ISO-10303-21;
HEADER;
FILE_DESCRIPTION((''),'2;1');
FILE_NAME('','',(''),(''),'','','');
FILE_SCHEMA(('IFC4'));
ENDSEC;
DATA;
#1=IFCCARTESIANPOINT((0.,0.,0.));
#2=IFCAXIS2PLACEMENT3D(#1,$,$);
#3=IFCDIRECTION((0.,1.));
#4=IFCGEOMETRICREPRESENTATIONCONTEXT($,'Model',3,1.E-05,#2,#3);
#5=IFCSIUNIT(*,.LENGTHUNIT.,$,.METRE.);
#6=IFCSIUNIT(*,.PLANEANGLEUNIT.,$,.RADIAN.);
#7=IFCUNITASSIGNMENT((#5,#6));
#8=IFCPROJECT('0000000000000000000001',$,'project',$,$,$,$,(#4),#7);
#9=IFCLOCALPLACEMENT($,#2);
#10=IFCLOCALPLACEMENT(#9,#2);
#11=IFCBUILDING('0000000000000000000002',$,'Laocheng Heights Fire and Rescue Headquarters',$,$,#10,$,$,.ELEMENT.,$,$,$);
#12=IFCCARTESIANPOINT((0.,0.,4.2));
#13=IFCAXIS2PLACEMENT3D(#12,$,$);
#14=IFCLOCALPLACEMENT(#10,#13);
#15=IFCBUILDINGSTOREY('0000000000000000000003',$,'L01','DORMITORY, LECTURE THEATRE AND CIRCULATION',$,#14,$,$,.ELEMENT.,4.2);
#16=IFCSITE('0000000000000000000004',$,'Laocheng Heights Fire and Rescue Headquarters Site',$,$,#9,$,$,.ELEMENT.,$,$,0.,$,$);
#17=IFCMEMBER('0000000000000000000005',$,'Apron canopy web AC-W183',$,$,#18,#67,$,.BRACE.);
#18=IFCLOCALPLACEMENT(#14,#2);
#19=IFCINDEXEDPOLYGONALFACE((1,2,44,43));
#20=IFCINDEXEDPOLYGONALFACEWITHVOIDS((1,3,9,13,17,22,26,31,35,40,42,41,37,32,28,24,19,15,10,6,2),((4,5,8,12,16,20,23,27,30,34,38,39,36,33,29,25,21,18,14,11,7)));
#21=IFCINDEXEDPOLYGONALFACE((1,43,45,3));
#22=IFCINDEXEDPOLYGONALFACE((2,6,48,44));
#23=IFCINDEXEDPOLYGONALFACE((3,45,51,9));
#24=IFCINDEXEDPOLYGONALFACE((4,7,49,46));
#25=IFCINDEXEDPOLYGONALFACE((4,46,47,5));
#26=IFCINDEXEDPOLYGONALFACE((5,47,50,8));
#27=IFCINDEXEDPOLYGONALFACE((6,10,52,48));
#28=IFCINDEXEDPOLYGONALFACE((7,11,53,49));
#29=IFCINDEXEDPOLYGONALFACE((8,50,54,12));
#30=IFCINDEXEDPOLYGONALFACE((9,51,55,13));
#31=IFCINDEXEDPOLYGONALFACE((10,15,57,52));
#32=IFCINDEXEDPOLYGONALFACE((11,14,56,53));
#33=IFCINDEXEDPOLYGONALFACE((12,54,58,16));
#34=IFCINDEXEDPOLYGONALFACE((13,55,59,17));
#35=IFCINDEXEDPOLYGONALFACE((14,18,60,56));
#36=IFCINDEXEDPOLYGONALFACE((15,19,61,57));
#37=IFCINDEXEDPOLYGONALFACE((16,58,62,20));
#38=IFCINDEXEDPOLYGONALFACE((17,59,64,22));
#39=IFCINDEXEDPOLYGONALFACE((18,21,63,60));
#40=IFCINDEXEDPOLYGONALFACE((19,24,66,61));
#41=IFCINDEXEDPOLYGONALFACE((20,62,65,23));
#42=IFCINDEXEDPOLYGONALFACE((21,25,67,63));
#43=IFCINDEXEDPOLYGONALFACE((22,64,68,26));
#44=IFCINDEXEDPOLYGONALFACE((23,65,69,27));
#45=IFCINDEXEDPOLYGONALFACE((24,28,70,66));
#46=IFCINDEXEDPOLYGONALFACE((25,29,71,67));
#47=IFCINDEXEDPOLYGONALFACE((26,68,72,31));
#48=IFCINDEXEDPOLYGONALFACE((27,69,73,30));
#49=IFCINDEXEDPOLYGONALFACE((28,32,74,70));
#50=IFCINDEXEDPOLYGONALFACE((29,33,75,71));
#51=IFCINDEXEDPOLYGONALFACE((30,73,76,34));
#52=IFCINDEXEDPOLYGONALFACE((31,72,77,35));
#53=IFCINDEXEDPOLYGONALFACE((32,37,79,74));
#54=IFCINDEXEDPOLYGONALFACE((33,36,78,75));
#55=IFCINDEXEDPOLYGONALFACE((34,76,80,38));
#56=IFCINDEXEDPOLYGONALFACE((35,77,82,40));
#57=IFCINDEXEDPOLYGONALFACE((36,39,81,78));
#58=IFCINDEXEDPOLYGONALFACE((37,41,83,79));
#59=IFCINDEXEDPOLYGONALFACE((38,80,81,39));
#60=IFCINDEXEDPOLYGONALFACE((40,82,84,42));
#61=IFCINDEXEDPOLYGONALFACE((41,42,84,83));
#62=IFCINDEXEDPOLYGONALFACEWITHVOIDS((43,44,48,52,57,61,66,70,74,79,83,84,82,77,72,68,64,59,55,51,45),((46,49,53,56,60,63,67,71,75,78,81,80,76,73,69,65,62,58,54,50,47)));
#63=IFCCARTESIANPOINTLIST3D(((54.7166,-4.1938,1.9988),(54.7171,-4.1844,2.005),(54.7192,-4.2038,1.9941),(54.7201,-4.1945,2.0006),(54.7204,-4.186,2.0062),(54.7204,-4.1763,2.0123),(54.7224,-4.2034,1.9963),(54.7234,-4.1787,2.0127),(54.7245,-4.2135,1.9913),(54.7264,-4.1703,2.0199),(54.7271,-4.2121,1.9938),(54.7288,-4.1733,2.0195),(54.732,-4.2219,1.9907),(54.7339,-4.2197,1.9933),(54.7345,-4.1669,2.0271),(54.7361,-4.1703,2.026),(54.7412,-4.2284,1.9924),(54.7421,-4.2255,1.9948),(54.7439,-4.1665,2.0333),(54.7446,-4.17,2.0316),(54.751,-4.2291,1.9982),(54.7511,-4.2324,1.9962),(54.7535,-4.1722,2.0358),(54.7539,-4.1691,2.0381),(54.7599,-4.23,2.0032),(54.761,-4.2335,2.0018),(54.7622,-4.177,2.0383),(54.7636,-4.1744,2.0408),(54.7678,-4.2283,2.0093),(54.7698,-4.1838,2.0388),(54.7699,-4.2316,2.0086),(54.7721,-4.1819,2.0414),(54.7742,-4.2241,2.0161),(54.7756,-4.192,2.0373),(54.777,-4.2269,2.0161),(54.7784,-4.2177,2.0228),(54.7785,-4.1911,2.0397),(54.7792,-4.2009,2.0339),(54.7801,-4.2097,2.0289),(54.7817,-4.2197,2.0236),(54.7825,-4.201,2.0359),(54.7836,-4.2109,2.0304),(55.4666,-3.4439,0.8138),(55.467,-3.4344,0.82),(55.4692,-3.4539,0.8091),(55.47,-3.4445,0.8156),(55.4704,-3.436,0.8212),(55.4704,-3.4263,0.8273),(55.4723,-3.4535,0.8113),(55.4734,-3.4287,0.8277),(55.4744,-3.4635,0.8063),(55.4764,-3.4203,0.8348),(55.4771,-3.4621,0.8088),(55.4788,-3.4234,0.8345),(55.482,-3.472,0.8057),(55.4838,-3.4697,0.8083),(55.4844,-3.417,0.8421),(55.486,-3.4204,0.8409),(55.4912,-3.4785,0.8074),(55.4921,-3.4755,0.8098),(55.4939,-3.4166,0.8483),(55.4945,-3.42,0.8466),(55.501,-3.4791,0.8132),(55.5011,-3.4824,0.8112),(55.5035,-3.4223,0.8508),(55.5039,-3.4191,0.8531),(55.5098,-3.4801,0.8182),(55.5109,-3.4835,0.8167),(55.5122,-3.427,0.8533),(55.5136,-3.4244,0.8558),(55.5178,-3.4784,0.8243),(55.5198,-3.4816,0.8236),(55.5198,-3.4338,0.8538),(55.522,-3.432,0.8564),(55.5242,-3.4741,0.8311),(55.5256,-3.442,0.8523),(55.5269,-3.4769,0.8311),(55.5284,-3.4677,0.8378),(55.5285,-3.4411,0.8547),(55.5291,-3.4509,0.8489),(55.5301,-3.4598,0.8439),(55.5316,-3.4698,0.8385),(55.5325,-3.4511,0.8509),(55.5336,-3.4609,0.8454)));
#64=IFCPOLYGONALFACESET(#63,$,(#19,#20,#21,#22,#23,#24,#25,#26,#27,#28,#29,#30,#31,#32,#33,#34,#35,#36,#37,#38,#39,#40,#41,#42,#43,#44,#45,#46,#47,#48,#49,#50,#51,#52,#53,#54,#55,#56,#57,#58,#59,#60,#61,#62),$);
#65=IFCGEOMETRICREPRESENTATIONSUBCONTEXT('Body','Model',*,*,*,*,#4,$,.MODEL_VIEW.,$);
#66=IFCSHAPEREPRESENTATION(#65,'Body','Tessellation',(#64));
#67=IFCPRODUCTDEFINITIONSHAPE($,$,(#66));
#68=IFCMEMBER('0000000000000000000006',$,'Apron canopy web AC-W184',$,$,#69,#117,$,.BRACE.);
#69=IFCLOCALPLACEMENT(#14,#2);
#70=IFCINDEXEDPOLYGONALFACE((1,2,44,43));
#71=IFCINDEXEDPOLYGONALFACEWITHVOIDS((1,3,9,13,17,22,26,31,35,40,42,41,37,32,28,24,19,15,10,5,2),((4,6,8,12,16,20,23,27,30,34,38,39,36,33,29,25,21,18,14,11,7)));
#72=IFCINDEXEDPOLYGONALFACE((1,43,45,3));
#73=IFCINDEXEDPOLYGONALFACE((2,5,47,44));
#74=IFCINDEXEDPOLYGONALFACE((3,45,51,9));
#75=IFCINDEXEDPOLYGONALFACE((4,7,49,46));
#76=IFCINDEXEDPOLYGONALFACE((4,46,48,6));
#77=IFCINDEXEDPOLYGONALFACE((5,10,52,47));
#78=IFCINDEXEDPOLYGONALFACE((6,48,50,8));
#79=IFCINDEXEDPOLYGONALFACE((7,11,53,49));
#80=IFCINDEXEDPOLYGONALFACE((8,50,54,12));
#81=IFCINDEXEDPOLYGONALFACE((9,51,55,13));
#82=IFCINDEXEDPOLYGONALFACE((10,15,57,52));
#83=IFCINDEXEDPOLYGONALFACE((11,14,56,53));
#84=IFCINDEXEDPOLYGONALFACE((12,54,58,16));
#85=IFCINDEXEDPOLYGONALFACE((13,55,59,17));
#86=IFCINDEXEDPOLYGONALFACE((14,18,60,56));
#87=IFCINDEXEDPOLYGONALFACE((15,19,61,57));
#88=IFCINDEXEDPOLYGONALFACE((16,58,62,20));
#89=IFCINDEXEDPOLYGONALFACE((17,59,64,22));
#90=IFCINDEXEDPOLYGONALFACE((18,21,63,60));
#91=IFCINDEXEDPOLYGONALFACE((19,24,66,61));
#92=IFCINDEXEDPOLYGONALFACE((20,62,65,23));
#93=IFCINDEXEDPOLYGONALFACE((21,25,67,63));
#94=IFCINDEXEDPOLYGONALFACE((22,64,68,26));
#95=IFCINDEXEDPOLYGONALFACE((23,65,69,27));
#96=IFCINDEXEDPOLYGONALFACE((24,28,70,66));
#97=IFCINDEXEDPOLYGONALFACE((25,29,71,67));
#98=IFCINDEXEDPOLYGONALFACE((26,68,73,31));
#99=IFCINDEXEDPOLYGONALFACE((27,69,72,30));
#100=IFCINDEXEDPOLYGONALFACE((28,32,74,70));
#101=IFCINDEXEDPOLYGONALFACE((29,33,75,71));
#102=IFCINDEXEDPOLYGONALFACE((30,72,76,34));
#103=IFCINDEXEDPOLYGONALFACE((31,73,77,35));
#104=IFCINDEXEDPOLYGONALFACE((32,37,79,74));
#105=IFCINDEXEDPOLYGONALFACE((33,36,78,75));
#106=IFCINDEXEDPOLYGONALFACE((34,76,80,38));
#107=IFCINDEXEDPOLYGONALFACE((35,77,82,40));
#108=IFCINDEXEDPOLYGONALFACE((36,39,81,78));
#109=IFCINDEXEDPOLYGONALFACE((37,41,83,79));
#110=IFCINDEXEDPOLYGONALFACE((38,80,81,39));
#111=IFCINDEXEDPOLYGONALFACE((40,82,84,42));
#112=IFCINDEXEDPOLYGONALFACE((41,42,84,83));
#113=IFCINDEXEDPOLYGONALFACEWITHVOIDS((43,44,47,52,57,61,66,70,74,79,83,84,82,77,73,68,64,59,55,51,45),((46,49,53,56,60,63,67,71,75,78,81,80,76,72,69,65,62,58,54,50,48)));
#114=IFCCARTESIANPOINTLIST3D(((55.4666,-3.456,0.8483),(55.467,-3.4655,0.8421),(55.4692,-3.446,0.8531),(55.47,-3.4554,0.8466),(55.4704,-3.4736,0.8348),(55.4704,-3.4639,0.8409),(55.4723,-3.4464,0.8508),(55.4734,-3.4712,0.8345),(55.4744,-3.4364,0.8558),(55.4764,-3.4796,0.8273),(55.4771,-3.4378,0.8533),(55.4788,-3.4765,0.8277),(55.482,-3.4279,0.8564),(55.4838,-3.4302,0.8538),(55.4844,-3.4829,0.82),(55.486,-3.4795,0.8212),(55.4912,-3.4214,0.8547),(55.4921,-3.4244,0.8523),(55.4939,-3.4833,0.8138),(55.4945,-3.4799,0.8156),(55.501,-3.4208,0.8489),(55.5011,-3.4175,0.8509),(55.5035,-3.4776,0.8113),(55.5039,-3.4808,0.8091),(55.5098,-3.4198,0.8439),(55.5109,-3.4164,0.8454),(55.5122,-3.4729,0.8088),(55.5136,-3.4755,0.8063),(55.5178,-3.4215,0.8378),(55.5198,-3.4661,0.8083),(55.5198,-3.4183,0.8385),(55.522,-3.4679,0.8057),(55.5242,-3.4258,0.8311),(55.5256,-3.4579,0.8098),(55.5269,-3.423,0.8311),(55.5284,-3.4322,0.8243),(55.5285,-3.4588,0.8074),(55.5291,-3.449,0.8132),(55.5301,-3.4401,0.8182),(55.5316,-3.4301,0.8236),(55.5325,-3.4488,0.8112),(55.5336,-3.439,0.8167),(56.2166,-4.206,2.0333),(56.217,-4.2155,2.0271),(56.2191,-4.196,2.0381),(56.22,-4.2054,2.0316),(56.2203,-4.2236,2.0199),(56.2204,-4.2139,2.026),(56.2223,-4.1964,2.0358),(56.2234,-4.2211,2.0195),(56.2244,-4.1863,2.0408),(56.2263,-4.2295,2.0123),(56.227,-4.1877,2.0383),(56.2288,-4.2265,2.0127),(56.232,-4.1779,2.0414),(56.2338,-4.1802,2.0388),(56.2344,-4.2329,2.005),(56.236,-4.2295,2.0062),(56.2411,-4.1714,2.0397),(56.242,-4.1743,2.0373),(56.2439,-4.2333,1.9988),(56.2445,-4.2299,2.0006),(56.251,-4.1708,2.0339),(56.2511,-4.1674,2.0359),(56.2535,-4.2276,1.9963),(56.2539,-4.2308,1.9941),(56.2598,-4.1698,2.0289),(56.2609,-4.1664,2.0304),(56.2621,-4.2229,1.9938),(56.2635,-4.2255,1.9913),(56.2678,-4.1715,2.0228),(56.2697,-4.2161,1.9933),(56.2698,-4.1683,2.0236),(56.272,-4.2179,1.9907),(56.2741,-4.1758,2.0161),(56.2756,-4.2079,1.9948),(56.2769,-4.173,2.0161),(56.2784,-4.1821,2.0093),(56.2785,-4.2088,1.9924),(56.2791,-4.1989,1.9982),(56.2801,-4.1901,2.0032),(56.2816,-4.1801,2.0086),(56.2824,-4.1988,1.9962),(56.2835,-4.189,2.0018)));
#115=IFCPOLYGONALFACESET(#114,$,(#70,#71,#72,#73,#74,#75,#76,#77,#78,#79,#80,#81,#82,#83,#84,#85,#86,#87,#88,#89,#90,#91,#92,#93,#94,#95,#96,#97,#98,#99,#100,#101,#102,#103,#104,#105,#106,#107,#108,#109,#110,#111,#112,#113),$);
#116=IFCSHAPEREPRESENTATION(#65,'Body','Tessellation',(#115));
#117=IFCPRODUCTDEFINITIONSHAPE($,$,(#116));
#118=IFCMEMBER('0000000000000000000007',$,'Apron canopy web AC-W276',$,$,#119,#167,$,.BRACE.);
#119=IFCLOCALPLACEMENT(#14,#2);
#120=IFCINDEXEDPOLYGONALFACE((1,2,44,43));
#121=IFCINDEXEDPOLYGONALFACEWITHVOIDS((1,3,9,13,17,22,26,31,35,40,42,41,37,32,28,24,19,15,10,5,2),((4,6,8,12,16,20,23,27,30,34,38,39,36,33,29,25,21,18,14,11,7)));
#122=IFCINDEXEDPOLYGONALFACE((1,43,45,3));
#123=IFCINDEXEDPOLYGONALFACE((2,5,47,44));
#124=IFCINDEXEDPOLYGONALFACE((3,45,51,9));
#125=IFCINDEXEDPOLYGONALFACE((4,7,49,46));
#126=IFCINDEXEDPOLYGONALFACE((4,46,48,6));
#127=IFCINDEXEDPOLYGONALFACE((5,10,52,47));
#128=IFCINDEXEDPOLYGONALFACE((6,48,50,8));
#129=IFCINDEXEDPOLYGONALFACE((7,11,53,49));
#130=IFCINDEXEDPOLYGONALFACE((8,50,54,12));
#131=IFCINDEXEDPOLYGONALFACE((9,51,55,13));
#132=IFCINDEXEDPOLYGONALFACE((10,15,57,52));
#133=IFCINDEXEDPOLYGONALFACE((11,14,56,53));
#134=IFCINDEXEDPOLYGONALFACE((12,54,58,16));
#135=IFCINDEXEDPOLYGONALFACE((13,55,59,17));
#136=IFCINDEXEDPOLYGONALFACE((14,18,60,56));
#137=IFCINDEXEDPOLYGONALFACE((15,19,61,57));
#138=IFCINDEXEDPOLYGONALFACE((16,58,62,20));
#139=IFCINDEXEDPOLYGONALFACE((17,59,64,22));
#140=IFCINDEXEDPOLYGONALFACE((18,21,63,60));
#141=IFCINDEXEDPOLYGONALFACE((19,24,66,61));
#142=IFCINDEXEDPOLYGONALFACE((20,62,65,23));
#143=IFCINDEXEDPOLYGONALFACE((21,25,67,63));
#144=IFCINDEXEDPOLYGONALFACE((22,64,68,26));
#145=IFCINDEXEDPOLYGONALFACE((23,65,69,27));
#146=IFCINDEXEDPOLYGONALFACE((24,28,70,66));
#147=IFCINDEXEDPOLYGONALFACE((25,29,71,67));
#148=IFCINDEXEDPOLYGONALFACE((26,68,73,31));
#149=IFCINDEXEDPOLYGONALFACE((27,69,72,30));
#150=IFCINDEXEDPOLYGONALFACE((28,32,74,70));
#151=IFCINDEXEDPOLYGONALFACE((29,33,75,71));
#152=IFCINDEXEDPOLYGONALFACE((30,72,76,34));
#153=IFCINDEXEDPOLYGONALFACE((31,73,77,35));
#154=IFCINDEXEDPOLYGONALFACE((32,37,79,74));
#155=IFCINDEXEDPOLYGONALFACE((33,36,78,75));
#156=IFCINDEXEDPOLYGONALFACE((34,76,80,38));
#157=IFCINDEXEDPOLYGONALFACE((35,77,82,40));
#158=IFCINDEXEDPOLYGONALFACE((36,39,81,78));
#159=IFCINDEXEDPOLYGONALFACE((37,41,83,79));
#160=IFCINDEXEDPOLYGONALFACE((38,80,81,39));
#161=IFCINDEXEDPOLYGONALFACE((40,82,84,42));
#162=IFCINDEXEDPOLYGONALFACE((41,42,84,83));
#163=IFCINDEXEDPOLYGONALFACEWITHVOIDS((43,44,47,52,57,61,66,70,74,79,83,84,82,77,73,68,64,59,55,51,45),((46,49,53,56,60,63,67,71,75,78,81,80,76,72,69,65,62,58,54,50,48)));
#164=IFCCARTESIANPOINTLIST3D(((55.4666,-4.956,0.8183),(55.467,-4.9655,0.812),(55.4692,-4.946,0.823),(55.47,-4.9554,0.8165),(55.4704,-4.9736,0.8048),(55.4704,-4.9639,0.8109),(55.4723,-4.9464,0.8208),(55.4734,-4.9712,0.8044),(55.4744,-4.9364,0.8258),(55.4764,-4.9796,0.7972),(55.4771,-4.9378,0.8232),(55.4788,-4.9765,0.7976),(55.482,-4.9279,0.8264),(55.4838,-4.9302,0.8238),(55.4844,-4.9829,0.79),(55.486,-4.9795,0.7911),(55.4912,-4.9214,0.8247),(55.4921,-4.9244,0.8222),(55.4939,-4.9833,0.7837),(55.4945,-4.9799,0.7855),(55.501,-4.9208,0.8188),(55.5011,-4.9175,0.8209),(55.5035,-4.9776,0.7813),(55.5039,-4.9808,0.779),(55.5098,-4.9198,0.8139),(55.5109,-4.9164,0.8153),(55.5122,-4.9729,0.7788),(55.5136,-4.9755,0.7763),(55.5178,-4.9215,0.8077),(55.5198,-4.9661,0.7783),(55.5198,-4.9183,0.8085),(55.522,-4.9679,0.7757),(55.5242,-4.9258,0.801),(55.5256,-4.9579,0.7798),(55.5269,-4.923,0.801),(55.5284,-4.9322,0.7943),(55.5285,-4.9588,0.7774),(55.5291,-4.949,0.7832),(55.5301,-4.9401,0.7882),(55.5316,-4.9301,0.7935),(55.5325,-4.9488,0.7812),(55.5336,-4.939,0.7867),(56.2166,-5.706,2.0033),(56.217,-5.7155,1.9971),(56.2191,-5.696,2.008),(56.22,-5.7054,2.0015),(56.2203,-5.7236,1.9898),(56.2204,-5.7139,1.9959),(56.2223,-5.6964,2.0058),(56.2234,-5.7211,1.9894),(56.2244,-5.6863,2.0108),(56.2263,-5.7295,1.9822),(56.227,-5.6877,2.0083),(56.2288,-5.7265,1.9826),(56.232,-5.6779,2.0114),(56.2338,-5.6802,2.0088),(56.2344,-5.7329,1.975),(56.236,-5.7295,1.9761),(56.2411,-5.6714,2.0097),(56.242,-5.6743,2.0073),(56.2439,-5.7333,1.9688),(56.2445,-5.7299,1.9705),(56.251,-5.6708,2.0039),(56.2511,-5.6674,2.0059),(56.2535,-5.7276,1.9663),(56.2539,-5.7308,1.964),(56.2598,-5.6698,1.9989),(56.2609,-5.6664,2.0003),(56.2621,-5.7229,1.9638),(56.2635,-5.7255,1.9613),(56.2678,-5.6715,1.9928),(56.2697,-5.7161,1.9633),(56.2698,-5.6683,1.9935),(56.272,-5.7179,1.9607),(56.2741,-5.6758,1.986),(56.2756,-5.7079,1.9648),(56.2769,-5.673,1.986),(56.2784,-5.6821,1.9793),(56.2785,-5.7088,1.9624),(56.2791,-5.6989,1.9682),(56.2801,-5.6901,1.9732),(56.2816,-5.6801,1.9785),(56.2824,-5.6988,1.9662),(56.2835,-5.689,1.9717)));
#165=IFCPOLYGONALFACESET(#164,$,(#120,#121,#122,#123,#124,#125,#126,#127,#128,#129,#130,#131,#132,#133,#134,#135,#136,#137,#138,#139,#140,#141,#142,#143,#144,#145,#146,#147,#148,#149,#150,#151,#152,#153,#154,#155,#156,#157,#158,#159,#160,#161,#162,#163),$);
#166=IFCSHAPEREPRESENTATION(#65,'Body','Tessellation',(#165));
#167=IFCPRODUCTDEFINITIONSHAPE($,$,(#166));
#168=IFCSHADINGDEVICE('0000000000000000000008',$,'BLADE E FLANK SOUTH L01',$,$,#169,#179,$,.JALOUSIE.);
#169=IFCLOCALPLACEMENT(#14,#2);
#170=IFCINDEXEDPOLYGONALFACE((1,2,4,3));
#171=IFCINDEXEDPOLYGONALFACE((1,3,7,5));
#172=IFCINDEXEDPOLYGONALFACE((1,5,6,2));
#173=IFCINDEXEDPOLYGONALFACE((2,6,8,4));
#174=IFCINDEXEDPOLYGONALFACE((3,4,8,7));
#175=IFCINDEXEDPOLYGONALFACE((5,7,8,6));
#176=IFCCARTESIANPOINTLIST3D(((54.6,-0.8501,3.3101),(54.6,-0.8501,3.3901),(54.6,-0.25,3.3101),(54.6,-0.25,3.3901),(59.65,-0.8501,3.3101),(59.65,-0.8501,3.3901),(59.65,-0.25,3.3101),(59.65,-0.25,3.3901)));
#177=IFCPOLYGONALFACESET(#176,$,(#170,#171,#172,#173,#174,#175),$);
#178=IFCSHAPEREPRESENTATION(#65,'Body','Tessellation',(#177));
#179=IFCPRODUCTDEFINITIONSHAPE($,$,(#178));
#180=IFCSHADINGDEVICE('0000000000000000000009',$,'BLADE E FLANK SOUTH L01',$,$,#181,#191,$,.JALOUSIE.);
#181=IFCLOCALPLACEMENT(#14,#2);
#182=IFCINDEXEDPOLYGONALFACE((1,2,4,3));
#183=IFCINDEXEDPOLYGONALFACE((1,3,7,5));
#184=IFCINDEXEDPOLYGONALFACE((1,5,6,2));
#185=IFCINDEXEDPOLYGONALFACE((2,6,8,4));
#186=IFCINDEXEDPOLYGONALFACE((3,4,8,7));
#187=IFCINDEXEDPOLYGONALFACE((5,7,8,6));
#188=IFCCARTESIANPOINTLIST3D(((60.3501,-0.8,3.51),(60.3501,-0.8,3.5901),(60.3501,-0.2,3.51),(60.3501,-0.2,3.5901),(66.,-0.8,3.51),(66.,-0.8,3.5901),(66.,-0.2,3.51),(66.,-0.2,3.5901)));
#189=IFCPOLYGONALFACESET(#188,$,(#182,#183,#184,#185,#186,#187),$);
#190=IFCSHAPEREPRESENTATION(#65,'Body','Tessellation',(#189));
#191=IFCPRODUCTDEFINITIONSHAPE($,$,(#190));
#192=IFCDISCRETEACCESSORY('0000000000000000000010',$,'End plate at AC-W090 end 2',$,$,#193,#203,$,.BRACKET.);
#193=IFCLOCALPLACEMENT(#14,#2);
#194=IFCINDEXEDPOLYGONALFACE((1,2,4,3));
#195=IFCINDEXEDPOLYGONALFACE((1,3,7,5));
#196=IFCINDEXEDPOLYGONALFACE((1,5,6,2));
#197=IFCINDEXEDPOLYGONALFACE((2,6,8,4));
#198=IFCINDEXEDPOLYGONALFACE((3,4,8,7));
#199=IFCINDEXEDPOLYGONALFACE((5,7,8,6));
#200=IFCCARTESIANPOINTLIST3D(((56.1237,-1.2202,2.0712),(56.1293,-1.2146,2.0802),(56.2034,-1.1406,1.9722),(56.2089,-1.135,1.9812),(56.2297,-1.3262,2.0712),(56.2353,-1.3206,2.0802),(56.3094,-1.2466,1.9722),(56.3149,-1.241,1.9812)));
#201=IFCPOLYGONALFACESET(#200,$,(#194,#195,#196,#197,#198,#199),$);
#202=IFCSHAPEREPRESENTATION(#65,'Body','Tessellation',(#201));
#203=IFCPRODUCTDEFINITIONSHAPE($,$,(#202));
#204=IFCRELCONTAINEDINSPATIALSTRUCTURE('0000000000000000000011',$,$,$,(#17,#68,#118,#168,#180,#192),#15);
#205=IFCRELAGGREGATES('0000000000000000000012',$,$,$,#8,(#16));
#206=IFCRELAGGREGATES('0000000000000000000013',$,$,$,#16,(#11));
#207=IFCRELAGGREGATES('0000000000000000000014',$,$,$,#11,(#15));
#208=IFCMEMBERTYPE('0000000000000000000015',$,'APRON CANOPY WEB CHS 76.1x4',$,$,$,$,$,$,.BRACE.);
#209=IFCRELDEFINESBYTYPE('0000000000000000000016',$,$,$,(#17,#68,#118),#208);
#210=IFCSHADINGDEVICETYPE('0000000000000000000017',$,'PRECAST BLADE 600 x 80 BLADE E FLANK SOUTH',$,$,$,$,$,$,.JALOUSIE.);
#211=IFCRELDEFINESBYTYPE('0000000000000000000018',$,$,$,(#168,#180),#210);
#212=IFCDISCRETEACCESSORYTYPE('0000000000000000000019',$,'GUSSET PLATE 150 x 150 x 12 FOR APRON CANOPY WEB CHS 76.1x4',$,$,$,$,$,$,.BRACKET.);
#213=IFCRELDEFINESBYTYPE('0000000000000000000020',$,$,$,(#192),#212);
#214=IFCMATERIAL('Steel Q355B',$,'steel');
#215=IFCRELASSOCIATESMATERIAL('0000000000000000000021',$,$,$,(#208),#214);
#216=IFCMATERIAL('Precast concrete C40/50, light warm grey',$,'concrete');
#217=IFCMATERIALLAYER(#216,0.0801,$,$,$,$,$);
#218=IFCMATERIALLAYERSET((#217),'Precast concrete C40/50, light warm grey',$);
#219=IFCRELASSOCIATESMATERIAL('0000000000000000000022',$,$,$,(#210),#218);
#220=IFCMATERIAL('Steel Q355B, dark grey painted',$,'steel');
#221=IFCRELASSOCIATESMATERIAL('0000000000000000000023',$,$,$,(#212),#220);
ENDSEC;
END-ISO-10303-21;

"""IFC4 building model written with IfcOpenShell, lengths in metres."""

from ifc_helpers import new_model, si_unit, direction, frame, origin, origin_2d, place, context, subcontext, project, spatial, rectangle, hollow_circle, extrude, material, layer, layer_set, material_profile, profile_set, type_object, element, save


model = new_model("IFC4")

# Units and contexts
model_context = context("Model", 3, precision=1e-05, world=origin(), true_north=direction((0.0, 1.0)))
body_context = subcontext(model_context, "Body", "Model", "MODEL_VIEW")
ifc_project = project(units=[si_unit("LENGTHUNIT", "METRE"), si_unit("PLANEANGLEUNIT", "RADIAN")], contexts=[model_context])

# Site, building, storey
site_placement = place(None, origin())
site = spatial("IfcSite", under=ifc_project, at=site_placement, Name="Laocheng Heights Fire and Rescue Headquarters Site", CompositionType="ELEMENT", RefElevation=0.0)
building_placement = place(site_placement, origin())
building = spatial("IfcBuilding", under=site, at=building_placement, Name="Laocheng Heights Fire and Rescue Headquarters", CompositionType="ELEMENT")
storey_placement = place(building_placement, frame((0.0, 0.0, 4.2)))
storey = spatial("IfcBuildingStorey", under=building, at=storey_placement, Name="L01", Description="DORMITORY, LECTURE THEATRE AND CIRCULATION", CompositionType="ELEMENT", Elevation=4.2)

# Members
ifc_material_1 = material(Name="Steel Q355B", Category="steel")
ifc_material_profile_1 = material_profile(ifc_material_1, hollow_circle(Radius=0.0381, WallThickness=0.0039, at=origin_2d()), Name="CHS 76.1x4")
ifc_profile_set_1 = profile_set([ifc_material_profile_1], Name="Steel Q355B")
member_type_1 = type_object("IfcMemberType", Name="APRON CANOPY WEB CHS 76.1x4", PredefinedType="BRACE", material=ifc_profile_set_1)
for number, where, z_axis, x_axis, name in (
    (1, (55.5, -3.45, 0.8311), (-0.47158, -0.47158, 0.745134), (0.707107, -0.707107, 0.0), "Apron canopy web AC-W183"),
    (2, (55.5, -3.45, 0.8311), (0.47158, -0.47158, 0.745134), (0.707107, 0.707107, 0.0), "Apron canopy web AC-W184"),
    (3, (55.5, -4.95, 0.801), (0.47158, -0.47158, 0.745134), (0.707107, 0.707107, 0.0), "Apron canopy web AC-W276"),
):
    element("IfcMember", number, at=place(storey_placement, frame(where, z_axis=z_axis, x_axis=x_axis)), inside=storey, type_object=member_type_1, Name=name, PredefinedType="BRACE", context=body_context, shape_type="SweptSolid", body=[
        extrude(hollow_circle(Radius=0.0381, WallThickness=0.0039, at=origin_2d()), origin(), (0.0, 0.0, 1.0), 1.5903),
    ])

# Shading devices
ifc_material_2 = material(Name="Precast concrete C40/50, light warm grey", Category="concrete")
ifc_layer = layer(ifc_material_2, 0.0801)
ifc_layer_set = layer_set([ifc_layer], Name="Precast concrete C40/50, light warm grey")
shading_device_type = type_object("IfcShadingDeviceType", Name="PRECAST BLADE 600 x 80 BLADE E FLANK SOUTH", PredefinedType="JALOUSIE", material=ifc_layer_set)
shading_device_1_placement = place(storey_placement, frame((57.125, -0.55, 3.3101), z_axis=(0.0, 0.0, 1.0), x_axis=(1.0, 0.0, 0.0)))
element("IfcShadingDevice", 4, at=shading_device_1_placement, inside=storey, type_object=shading_device_type, Name="BLADE E FLANK SOUTH L01", PredefinedType="JALOUSIE", context=body_context, shape_type="SweptSolid", body=[
    extrude(rectangle(XDim=5.05, YDim=0.6001, at=origin_2d()), origin(), (0.0, 0.0, 1.0), 0.0801),
])
shading_device_2_placement = place(storey_placement, frame((63.175, -0.5, 3.51), z_axis=(0.0, 0.0, 1.0), x_axis=(1.0, 0.0, 0.0)))
element("IfcShadingDevice", 5, at=shading_device_2_placement, inside=storey, type_object=shading_device_type, Name="BLADE E FLANK SOUTH L01", PredefinedType="JALOUSIE", context=body_context, shape_type="SweptSolid", body=[
    extrude(rectangle(XDim=5.6499, YDim=0.6001, at=origin_2d()), origin(), (0.0, 0.0, 1.0), 0.0801),
])

# Discrete accessory
ifc_material_3 = material(Name="Steel Q355B, dark grey painted", Category="steel")
ifc_material_profile_2 = material_profile(ifc_material_3, rectangle(XDim=0.1499, YDim=0.1499, at=origin_2d()), Name="GUSSET PLATE 150 x 150 x 12 FOR APRON CANOPY WEB CHS 76.1x4")
ifc_profile_set_2 = profile_set([ifc_material_profile_2], Name="Steel Q355B, dark grey painted")
discrete_accessory_type_1 = type_object("IfcDiscreteAccessoryType", Name="GUSSET PLATE 150 x 150 x 12 FOR APRON CANOPY WEB CHS 76.1x4", PredefinedType="BRACKET", material=ifc_profile_set_2)
for number, where, z_axis, x_axis, name in (
    (6, (56.2166, -1.2334, 2.0217), (0.466867, 0.466867, 0.751047), (-0.707107, 0.707107, 0.0), "End plate at AC-W090 end 2"),
):
    element("IfcDiscreteAccessory", number, at=place(storey_placement, frame(where, z_axis=z_axis, x_axis=x_axis)), inside=storey, type_object=discrete_accessory_type_1, Name=name, PredefinedType="BRACKET", context=body_context, shape_type="SweptSolid", body=[
        extrude(rectangle(XDim=0.1499, YDim=0.1499, at=origin_2d()), origin(), (0.0, 0.0, 1.0), 0.012),
    ])

save(model, "model.ifc")
